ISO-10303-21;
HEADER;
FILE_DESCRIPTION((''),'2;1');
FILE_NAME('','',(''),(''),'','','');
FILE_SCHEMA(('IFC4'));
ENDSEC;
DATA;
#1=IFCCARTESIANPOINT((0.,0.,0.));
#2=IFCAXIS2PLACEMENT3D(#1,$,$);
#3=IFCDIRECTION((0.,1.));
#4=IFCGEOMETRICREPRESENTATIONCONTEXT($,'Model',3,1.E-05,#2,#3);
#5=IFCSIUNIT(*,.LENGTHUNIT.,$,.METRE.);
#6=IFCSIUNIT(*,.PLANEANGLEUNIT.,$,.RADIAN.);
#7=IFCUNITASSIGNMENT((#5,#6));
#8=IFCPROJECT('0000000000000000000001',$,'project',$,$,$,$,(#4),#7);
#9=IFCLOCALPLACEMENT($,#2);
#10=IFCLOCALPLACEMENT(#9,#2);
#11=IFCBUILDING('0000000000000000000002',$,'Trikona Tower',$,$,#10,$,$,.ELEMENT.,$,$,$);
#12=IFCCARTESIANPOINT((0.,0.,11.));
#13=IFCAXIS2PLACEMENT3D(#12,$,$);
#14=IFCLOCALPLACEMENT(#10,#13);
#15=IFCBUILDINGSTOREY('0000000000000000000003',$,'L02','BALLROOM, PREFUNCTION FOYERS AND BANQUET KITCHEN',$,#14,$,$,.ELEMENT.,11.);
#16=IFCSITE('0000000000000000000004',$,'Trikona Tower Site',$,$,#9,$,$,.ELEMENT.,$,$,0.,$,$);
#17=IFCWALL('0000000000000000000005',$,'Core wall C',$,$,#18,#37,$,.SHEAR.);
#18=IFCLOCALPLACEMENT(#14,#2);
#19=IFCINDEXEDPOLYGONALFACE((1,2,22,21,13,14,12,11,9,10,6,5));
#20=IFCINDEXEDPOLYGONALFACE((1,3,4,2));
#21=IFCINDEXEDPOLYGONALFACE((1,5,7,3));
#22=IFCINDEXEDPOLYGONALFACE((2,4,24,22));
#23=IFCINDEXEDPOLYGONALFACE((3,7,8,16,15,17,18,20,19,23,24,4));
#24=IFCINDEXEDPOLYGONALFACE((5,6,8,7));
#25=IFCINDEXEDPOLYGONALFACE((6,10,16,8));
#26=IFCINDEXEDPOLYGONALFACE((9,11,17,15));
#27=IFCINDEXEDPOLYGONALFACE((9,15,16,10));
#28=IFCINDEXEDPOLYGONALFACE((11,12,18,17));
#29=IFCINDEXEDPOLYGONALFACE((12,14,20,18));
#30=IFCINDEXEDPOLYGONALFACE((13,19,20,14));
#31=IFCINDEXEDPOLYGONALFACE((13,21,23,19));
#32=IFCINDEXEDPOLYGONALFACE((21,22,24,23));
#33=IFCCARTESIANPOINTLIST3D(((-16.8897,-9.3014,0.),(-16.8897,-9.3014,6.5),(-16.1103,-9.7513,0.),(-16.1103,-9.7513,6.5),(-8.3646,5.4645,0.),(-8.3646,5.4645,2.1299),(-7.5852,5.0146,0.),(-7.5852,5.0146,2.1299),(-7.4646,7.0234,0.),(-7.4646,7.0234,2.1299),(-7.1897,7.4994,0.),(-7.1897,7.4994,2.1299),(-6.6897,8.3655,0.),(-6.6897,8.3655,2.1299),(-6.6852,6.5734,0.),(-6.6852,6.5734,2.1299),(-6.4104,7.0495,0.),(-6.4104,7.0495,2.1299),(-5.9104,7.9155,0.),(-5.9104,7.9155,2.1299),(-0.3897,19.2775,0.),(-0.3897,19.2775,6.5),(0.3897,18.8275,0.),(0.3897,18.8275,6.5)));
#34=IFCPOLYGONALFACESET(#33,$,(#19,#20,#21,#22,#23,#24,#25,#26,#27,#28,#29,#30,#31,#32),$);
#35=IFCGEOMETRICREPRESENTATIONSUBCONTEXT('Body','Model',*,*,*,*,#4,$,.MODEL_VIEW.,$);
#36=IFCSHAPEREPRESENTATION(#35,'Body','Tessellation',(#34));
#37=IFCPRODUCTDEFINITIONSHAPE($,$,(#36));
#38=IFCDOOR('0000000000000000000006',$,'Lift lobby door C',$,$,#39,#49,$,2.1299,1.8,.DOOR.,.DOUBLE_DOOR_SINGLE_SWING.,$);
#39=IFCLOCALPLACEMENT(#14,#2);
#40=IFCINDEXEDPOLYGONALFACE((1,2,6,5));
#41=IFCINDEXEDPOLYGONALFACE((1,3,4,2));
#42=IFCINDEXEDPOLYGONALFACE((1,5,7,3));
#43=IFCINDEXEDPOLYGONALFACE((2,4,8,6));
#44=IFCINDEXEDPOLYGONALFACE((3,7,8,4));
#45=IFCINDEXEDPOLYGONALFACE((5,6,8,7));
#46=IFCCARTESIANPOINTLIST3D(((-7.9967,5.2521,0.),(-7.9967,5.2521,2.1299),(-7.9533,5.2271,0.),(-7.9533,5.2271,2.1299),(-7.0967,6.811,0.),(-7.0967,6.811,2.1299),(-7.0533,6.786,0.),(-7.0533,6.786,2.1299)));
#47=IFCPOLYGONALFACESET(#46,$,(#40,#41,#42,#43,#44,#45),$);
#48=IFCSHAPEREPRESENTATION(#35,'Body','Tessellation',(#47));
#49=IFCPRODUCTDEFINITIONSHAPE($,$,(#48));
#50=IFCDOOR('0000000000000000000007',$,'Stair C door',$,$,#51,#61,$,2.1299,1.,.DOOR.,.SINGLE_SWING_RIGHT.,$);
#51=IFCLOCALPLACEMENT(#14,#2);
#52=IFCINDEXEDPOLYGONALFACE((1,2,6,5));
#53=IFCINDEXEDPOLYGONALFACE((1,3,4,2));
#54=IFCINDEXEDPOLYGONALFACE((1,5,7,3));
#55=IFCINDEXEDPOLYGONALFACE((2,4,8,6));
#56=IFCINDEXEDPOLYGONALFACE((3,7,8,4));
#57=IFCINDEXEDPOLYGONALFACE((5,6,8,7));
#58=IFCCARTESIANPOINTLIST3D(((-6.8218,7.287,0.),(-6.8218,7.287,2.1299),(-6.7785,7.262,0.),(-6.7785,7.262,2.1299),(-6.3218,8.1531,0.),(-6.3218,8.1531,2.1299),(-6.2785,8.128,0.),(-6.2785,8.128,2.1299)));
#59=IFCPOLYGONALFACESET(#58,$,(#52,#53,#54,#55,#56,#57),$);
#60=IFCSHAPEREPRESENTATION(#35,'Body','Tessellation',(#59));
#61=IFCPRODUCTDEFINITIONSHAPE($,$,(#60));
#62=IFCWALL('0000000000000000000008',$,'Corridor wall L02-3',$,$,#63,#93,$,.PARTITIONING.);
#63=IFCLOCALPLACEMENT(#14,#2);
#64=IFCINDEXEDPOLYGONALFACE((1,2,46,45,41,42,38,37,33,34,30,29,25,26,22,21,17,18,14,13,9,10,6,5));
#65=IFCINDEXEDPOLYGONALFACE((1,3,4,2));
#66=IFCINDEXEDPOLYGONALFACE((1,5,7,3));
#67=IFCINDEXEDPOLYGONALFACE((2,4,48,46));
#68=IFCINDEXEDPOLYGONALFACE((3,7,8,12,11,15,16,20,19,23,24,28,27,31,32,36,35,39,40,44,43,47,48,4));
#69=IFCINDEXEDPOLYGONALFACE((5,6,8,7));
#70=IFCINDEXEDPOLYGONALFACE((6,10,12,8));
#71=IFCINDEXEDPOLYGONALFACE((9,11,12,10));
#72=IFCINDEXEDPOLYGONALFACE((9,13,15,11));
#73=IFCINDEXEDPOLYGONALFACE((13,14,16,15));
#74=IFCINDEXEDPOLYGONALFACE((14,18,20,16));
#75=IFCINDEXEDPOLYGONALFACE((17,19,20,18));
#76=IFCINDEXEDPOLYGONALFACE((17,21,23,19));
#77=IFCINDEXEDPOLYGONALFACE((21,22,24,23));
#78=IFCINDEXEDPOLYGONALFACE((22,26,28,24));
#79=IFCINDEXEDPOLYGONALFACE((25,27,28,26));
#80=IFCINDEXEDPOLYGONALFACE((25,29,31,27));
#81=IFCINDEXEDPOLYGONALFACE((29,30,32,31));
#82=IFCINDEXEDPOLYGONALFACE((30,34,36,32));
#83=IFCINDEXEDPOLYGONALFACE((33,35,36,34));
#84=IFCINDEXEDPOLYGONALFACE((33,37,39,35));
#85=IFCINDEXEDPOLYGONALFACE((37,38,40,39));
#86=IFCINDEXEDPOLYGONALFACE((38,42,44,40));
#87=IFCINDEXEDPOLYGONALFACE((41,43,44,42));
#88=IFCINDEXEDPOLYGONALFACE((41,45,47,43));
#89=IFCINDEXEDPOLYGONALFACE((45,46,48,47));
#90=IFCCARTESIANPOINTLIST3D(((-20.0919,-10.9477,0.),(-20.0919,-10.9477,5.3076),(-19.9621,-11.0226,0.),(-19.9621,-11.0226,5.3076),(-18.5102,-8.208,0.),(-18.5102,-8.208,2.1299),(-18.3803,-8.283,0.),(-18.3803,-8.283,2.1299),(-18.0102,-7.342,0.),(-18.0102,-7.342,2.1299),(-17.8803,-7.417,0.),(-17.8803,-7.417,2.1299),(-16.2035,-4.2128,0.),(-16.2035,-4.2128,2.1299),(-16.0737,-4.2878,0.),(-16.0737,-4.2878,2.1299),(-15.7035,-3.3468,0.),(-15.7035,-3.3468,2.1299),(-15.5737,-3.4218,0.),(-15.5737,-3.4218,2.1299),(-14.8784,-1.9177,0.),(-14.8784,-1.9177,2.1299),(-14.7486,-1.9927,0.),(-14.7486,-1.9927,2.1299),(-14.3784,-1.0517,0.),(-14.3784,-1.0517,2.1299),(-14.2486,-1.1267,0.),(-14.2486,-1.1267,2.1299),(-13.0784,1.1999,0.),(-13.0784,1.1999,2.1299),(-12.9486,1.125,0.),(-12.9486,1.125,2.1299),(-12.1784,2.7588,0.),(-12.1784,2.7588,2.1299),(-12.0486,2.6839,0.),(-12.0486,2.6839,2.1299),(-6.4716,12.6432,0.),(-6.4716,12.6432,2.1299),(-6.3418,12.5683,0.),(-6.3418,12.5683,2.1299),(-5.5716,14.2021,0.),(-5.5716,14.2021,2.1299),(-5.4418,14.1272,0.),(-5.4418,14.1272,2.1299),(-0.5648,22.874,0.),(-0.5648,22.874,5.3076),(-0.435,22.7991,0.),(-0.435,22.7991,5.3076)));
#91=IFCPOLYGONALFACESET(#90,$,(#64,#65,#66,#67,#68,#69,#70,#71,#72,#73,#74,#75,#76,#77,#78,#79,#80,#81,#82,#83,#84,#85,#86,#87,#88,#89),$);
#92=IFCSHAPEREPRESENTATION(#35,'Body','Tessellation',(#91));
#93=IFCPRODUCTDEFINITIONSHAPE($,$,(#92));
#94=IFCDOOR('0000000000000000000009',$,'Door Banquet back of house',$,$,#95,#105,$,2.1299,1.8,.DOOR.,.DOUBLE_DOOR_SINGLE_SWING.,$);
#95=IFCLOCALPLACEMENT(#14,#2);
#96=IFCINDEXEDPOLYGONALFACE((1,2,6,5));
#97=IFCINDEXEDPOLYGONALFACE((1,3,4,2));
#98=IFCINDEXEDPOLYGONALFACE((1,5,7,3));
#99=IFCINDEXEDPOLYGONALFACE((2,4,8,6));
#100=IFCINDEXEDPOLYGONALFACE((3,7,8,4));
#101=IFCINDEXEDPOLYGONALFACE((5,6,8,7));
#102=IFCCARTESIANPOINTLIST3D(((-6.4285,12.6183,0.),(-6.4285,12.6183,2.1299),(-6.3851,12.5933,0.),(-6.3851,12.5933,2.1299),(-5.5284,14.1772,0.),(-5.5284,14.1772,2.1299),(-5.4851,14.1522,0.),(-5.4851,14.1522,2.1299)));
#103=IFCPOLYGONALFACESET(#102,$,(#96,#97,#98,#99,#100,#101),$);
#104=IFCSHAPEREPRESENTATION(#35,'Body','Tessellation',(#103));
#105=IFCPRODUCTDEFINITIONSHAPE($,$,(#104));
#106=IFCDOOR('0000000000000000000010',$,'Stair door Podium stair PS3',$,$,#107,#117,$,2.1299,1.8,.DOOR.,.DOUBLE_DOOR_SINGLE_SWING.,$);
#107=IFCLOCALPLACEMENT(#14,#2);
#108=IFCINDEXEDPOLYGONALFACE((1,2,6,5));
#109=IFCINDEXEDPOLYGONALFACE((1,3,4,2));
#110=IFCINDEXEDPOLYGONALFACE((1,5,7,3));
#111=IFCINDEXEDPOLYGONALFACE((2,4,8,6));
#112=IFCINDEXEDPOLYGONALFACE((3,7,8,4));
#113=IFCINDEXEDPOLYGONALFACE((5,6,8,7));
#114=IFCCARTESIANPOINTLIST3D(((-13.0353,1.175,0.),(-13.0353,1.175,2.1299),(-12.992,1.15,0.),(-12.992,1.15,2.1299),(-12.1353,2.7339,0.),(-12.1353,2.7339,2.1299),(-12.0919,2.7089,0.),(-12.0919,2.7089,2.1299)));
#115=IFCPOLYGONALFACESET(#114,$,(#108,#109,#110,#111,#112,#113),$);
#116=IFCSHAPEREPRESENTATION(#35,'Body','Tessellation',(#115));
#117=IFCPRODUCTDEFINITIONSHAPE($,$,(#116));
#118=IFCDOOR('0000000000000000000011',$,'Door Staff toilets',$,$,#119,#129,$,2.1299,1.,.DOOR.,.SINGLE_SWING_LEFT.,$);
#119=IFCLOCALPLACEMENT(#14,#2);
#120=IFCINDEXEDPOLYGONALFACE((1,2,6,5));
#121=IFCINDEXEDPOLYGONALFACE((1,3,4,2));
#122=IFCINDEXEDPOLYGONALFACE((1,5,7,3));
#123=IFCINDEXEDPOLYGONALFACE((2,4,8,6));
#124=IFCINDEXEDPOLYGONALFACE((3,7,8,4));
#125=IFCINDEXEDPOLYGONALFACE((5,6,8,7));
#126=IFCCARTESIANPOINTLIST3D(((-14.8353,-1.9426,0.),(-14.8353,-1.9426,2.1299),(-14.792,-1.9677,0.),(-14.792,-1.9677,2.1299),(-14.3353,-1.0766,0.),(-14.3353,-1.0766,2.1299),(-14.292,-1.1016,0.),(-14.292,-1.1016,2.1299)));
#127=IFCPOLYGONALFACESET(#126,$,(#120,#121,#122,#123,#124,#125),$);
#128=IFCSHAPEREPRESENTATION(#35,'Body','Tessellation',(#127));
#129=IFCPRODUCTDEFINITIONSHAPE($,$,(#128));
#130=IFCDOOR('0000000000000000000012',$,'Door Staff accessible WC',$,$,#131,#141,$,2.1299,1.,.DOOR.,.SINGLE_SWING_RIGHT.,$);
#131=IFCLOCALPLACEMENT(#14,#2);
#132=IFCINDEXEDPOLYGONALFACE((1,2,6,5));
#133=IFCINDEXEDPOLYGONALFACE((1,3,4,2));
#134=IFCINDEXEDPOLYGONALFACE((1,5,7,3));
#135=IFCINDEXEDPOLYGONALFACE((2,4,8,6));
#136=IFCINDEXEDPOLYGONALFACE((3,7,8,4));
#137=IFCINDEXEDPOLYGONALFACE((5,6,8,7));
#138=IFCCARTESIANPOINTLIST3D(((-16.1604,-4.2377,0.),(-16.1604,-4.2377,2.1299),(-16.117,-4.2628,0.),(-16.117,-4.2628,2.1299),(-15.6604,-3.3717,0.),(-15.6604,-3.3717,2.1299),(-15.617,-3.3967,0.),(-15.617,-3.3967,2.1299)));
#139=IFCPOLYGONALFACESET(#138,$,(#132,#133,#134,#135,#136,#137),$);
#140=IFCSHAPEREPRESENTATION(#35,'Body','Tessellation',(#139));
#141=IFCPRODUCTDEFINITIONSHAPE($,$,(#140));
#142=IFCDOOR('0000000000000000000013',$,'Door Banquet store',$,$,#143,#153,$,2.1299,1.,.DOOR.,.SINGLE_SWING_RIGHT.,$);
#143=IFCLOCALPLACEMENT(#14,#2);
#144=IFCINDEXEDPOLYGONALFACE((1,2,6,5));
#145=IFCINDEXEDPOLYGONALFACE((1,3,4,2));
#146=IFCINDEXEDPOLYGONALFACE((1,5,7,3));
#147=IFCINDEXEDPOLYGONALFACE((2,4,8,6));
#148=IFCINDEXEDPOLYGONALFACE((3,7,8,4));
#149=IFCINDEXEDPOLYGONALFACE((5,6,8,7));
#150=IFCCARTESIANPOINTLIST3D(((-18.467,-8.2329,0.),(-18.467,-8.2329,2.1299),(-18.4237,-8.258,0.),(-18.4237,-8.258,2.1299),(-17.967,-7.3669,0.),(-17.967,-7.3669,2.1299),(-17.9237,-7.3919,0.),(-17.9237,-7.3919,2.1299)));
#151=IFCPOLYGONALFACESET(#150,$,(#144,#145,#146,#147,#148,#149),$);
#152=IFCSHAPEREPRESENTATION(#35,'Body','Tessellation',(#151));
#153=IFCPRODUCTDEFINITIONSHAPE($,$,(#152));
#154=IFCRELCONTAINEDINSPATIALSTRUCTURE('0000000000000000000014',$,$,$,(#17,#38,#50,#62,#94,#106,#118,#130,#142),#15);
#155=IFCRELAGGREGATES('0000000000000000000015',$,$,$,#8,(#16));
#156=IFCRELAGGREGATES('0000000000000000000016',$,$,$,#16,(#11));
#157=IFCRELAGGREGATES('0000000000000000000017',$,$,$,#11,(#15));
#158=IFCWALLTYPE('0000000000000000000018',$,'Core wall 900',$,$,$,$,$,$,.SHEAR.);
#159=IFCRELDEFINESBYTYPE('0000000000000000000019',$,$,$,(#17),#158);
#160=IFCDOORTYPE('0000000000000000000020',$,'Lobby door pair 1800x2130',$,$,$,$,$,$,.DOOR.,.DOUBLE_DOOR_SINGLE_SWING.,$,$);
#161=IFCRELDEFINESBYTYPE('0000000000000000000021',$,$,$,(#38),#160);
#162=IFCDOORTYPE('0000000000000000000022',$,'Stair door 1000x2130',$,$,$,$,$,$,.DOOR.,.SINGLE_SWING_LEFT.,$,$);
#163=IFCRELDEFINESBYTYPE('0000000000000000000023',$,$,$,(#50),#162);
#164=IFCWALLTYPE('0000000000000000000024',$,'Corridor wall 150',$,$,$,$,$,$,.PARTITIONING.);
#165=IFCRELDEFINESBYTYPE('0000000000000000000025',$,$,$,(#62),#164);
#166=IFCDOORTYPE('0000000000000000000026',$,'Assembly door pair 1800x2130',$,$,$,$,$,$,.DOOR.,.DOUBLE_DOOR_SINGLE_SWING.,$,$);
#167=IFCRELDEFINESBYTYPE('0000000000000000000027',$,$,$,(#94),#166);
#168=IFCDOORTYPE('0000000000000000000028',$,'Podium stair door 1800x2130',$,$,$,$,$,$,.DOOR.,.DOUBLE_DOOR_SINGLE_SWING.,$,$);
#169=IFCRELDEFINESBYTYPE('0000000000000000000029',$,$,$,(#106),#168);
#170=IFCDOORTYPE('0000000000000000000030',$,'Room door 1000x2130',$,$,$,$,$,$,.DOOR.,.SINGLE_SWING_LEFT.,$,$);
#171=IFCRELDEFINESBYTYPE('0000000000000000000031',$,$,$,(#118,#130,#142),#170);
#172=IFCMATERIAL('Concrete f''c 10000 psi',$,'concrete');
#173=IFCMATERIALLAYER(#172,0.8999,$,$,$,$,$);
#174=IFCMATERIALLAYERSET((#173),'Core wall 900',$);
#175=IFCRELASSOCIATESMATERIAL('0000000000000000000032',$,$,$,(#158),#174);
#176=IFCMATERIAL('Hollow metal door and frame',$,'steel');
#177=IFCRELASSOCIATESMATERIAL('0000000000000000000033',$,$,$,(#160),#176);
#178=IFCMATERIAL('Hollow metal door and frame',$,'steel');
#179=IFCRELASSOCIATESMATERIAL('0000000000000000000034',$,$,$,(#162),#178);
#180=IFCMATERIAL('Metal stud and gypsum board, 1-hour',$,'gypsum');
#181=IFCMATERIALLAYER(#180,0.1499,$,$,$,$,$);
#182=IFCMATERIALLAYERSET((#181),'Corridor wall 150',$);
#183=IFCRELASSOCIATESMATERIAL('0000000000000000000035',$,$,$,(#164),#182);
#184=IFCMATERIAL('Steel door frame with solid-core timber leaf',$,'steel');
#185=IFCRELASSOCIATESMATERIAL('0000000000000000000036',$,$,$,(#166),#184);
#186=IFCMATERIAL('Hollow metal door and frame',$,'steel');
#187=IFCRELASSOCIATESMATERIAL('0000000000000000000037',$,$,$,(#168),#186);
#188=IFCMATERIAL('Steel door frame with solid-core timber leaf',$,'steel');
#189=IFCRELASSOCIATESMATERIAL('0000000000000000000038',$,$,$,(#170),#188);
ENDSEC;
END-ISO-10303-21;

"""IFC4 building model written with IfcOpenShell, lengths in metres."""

from ifc_helpers import new_model, si_unit, direction, frame, frame_2d, origin, place, context, subcontext, project, spatial, rectangle, extrude, material, layer, layer_set, type_object, element, fill, save


model = new_model("IFC4")

# Units and contexts
model_context = context("Model", 3, precision=1e-05, world=origin(), true_north=direction((0.0, 1.0)))
body_context = subcontext(model_context, "Body", "Model", "MODEL_VIEW")
ifc_project = project(units=[si_unit("LENGTHUNIT", "METRE"), si_unit("PLANEANGLEUNIT", "RADIAN")], contexts=[model_context])

# Site, building, storey
site_placement = place(None, origin())
site = spatial("IfcSite", under=ifc_project, at=site_placement, Name="Trikona Tower Site", CompositionType="ELEMENT", RefElevation=0.0)
building_placement = place(site_placement, origin())
building = spatial("IfcBuilding", under=site, at=building_placement, Name="Trikona Tower", CompositionType="ELEMENT")
storey_placement = place(building_placement, frame((0.0, 0.0, 11.0)))
storey = spatial("IfcBuildingStorey", under=building, at=storey_placement, Name="L02", Description="BALLROOM, PREFUNCTION FOYERS AND BANQUET KITCHEN", CompositionType="ELEMENT", Elevation=11.0)

# Walls, openings, doors
ifc_material_1 = material(Name="Concrete f'c 10000 psi", Category="concrete")
ifc_layer_1 = layer(ifc_material_1, 0.8999)
ifc_layer_set_1 = layer_set([ifc_layer_1], Name="Core wall 900")
wall_type_1 = type_object("IfcWallType", Name="Core wall 900", PredefinedType="SHEAR", material=ifc_layer_set_1)
wall_1_placement = place(storey_placement, frame((0.0, 19.0525, 0.0), z_axis=(0.0, 0.0, 1.0), x_axis=(-0.5, -0.866026, 0.0)))
wall_1 = element("IfcWall", 1, at=wall_1_placement, inside=storey, type_object=wall_type_1, Name="Core wall C", PredefinedType="SHEAR", context=body_context, shape_type="SweptSolid", body=[
    extrude(rectangle(XDim=33.0, YDim=0.8999, at=frame_2d((16.5, 0.0))), origin(), (0.0, 0.0, 1.0), 6.5),
])
opening_1_placement = place(wall_1_placement, frame((14.1499, 0.0, 0.0)))
opening_1 = element("IfcOpeningElement", 2, at=opening_1_placement, cuts=wall_1, PredefinedType="OPENING", context=body_context, shape_type="SweptSolid", body=[
    extrude(rectangle(XDim=1.8, YDim=2.1299, at=frame_2d((0.8999, 1.0649))), frame((0.0, 0.46, 0.0), z_axis=(0.0, -1.0, 0.0), x_axis=(1.0, 0.0, 0.0)), (0.0, 0.0, 1.0), 0.9199),
])
opening_2_placement = place(wall_1_placement, frame((12.6001, 0.0, 0.0)))
opening_2 = element("IfcOpeningElement", 3, at=opening_2_placement, cuts=wall_1, PredefinedType="OPENING", context=body_context, shape_type="SweptSolid", body=[
    extrude(rectangle(XDim=1.0, YDim=2.1299, at=frame_2d((0.5, 1.0649))), frame((0.0, 0.46, 0.0), z_axis=(0.0, -1.0, 0.0), x_axis=(1.0, 0.0, 0.0)), (0.0, 0.0, 1.0), 0.9199),
])
ifc_material_2 = material(Name="Hollow metal door and frame", Category="steel")
door_type_1 = type_object("IfcDoorType", Name="Lobby door pair 1800x2130", OperationType="DOUBLE_DOOR_SINGLE_SWING", PredefinedType="DOOR", material=ifc_material_2)
door_1_placement = place(opening_1_placement, origin())
door_1 = element("IfcDoor", 4, at=door_1_placement, inside=storey, type_object=door_type_1, Name="Lift lobby door C", OperationType="DOUBLE_DOOR_SINGLE_SWING", OverallHeight=2.1299, OverallWidth=1.8, PredefinedType="DOOR", context=body_context, shape_type="SweptSolid", body=[
    extrude(rectangle(XDim=1.8, YDim=2.1299, at=frame_2d((0.8999, 1.0649))), frame((0.0, 0.0249, 0.0), z_axis=(0.0, -1.0, 0.0), x_axis=(1.0, 0.0, 0.0)), (0.0, 0.0, 1.0), 0.05),
])
fill(opening_1, door_1)
ifc_material_3 = material(Name="Hollow metal door and frame", Category="steel")
door_type_2 = type_object("IfcDoorType", Name="Stair door 1000x2130", OperationType="SINGLE_SWING_LEFT", PredefinedType="DOOR", material=ifc_material_3)
door_2_placement = place(opening_2_placement, origin())
door_2 = element("IfcDoor", 5, at=door_2_placement, inside=storey, type_object=door_type_2, Name="Stair C door", OperationType="SINGLE_SWING_RIGHT", OverallHeight=2.1299, OverallWidth=1.0, PredefinedType="DOOR", context=body_context, shape_type="SweptSolid", body=[
    extrude(rectangle(XDim=1.0, YDim=2.1299, at=frame_2d((0.5, 1.0649))), frame((0.0, 0.0249, 0.0), z_axis=(0.0, -1.0, 0.0), x_axis=(1.0, 0.0, 0.0)), (0.0, 0.0, 1.0), 0.05),
])
fill(opening_2, door_2)
ifc_material_4 = material(Name="Metal stud and gypsum board, 1-hour", Category="gypsum")
ifc_layer_2 = layer(ifc_material_4, 0.1499)
ifc_layer_set_2 = layer_set([ifc_layer_2], Name="Corridor wall 150")
wall_type_2 = type_object("IfcWallType", Name="Corridor wall 150", PredefinedType="PARTITIONING", material=ifc_layer_set_2)
wall_2_placement = place(storey_placement, frame((-0.5, 22.8364, 0.0), z_axis=(0.0, 0.0, 1.0), x_axis=(-0.500002, -0.866024, 0.0)))
wall_2 = element("IfcWall", 6, at=wall_2_placement, inside=storey, type_object=wall_type_2, Name="Corridor wall L02-3", PredefinedType="PARTITIONING", context=body_context, shape_type="SweptSolid", body=[
    extrude(rectangle(XDim=39.054, YDim=0.1499, at=frame_2d((19.5269, 0.0))), origin(), (0.0, 0.0, 1.0), 5.3076),
])
opening_3_placement = place(wall_2_placement, frame((10.0134, 0.0, 0.0)))
opening_3 = element("IfcOpeningElement", 7, at=opening_3_placement, cuts=wall_2, PredefinedType="OPENING", context=body_context, shape_type="SweptSolid", body=[
    extrude(rectangle(XDim=1.8, YDim=2.1299, at=frame_2d((0.8999, 1.0649))), frame((0.0, 0.085, 0.0), z_axis=(0.0, -1.0, 0.0), x_axis=(1.0, 0.0, 0.0)), (0.0, 0.0, 1.0), 0.1699),
])
opening_4_placement = place(wall_2_placement, frame((23.2271, 0.0, 0.0)))
opening_4 = element("IfcOpeningElement", 8, at=opening_4_placement, cuts=wall_2, PredefinedType="OPENING", context=body_context, shape_type="SweptSolid", body=[
    extrude(rectangle(XDim=1.8, YDim=2.1299, at=frame_2d((0.8999, 1.0649))), frame((0.0, 0.085, 0.0), z_axis=(0.0, -1.0, 0.0), x_axis=(1.0, 0.0, 0.0)), (0.0, 0.0, 1.0), 0.1699),
])
opening_5_placement = place(wall_2_placement, frame((27.627, 0.0, 0.0)))
opening_5 = element("IfcOpeningElement", 9, at=opening_5_placement, cuts=wall_2, PredefinedType="OPENING", context=body_context, shape_type="SweptSolid", body=[
    extrude(rectangle(XDim=1.0, YDim=2.1299, at=frame_2d((0.5, 1.0649))), frame((0.0, 0.085, 0.0), z_axis=(0.0, -1.0, 0.0), x_axis=(1.0, 0.0, 0.0)), (0.0, 0.0, 1.0), 0.1699),
])
opening_6_placement = place(wall_2_placement, frame((30.2771, 0.0, 0.0)))
opening_6 = element("IfcOpeningElement", 10, at=opening_6_placement, cuts=wall_2, PredefinedType="OPENING", context=body_context, shape_type="SweptSolid", body=[
    extrude(rectangle(XDim=1.0, YDim=2.1299, at=frame_2d((0.5, 1.0649))), frame((0.0, 0.085, 0.0), z_axis=(0.0, -1.0, 0.0), x_axis=(1.0, 0.0, 0.0)), (0.0, 0.0, 1.0), 0.1699),
])
opening_7_placement = place(wall_2_placement, frame((34.8904, 0.0, 0.0)))
opening_7 = element("IfcOpeningElement", 11, at=opening_7_placement, cuts=wall_2, PredefinedType="OPENING", context=body_context, shape_type="SweptSolid", body=[
    extrude(rectangle(XDim=1.0, YDim=2.1299, at=frame_2d((0.5, 1.0649))), frame((0.0, 0.085, 0.0), z_axis=(0.0, -1.0, 0.0), x_axis=(1.0, 0.0, 0.0)), (0.0, 0.0, 1.0), 0.1699),
])
ifc_material_5 = material(Name="Steel door frame with solid-core timber leaf", Category="steel")
door_type_3 = type_object("IfcDoorType", Name="Assembly door pair 1800x2130", OperationType="DOUBLE_DOOR_SINGLE_SWING", PredefinedType="DOOR", material=ifc_material_5)
door_3_placement = place(opening_3_placement, origin())
door_3 = element("IfcDoor", 12, at=door_3_placement, inside=storey, type_object=door_type_3, Name="Door Banquet back of house", OperationType="DOUBLE_DOOR_SINGLE_SWING", OverallHeight=2.1299, OverallWidth=1.8, PredefinedType="DOOR", context=body_context, shape_type="SweptSolid", body=[
    extrude(rectangle(XDim=1.8, YDim=2.1299, at=frame_2d((0.8999, 1.0649))), frame((0.0, 0.0249, 0.0), z_axis=(0.0, -1.0, 0.0), x_axis=(1.0, 0.0, 0.0)), (0.0, 0.0, 1.0), 0.05),
])
fill(opening_3, door_3)
ifc_material_6 = material(Name="Hollow metal door and frame", Category="steel")
door_type_4 = type_object("IfcDoorType", Name="Podium stair door 1800x2130", OperationType="DOUBLE_DOOR_SINGLE_SWING", PredefinedType="DOOR", material=ifc_material_6)
door_4_placement = place(opening_4_placement, origin())
door_4 = element("IfcDoor", 13, at=door_4_placement, inside=storey, type_object=door_type_4, Name="Stair door Podium stair PS3", OperationType="DOUBLE_DOOR_SINGLE_SWING", OverallHeight=2.1299, OverallWidth=1.8, PredefinedType="DOOR", context=body_context, shape_type="SweptSolid", body=[
    extrude(rectangle(XDim=1.8, YDim=2.1299, at=frame_2d((0.8999, 1.0649))), frame((0.0, 0.0249, 0.0), z_axis=(0.0, -1.0, 0.0), x_axis=(1.0, 0.0, 0.0)), (0.0, 0.0, 1.0), 0.05),
])
fill(opening_4, door_4)
ifc_material_7 = material(Name="Steel door frame with solid-core timber leaf", Category="steel")
door_type_5 = type_object("IfcDoorType", Name="Room door 1000x2130", OperationType="SINGLE_SWING_LEFT", PredefinedType="DOOR", material=ifc_material_7)
door_5_placement = place(opening_5_placement, origin())
door_5 = element("IfcDoor", 14, at=door_5_placement, inside=storey, type_object=door_type_5, Name="Door Staff toilets", OperationType="SINGLE_SWING_LEFT", OverallHeight=2.1299, OverallWidth=1.0, PredefinedType="DOOR", context=body_context, shape_type="SweptSolid", body=[
    extrude(rectangle(XDim=1.0, YDim=2.1299, at=frame_2d((0.5, 1.0649))), frame((0.0, 0.0249, 0.0), z_axis=(0.0, -1.0, 0.0), x_axis=(1.0, 0.0, 0.0)), (0.0, 0.0, 1.0), 0.05),
])
fill(opening_5, door_5)
door_6_placement = place(opening_6_placement, origin())
door_6 = element("IfcDoor", 15, at=door_6_placement, inside=storey, type_object=door_type_5, Name="Door Staff accessible WC", OperationType="SINGLE_SWING_RIGHT", OverallHeight=2.1299, OverallWidth=1.0, PredefinedType="DOOR", context=body_context, shape_type="SweptSolid", body=[
    extrude(rectangle(XDim=1.0, YDim=2.1299, at=frame_2d((0.5, 1.0649))), frame((0.0, 0.0249, 0.0), z_axis=(0.0, -1.0, 0.0), x_axis=(1.0, 0.0, 0.0)), (0.0, 0.0, 1.0), 0.05),
])
fill(opening_6, door_6)
door_7_placement = place(opening_7_placement, origin())
door_7 = element("IfcDoor", 16, at=door_7_placement, inside=storey, type_object=door_type_5, Name="Door Banquet store", OperationType="SINGLE_SWING_RIGHT", OverallHeight=2.1299, OverallWidth=1.0, PredefinedType="DOOR", context=body_context, shape_type="SweptSolid", body=[
    extrude(rectangle(XDim=1.0, YDim=2.1299, at=frame_2d((0.5, 1.0649))), frame((0.0, 0.0249, 0.0), z_axis=(0.0, -1.0, 0.0), x_axis=(1.0, 0.0, 0.0)), (0.0, 0.0, 1.0), 0.05),
])
fill(opening_7, door_7)

save(model, "model.ifc")
